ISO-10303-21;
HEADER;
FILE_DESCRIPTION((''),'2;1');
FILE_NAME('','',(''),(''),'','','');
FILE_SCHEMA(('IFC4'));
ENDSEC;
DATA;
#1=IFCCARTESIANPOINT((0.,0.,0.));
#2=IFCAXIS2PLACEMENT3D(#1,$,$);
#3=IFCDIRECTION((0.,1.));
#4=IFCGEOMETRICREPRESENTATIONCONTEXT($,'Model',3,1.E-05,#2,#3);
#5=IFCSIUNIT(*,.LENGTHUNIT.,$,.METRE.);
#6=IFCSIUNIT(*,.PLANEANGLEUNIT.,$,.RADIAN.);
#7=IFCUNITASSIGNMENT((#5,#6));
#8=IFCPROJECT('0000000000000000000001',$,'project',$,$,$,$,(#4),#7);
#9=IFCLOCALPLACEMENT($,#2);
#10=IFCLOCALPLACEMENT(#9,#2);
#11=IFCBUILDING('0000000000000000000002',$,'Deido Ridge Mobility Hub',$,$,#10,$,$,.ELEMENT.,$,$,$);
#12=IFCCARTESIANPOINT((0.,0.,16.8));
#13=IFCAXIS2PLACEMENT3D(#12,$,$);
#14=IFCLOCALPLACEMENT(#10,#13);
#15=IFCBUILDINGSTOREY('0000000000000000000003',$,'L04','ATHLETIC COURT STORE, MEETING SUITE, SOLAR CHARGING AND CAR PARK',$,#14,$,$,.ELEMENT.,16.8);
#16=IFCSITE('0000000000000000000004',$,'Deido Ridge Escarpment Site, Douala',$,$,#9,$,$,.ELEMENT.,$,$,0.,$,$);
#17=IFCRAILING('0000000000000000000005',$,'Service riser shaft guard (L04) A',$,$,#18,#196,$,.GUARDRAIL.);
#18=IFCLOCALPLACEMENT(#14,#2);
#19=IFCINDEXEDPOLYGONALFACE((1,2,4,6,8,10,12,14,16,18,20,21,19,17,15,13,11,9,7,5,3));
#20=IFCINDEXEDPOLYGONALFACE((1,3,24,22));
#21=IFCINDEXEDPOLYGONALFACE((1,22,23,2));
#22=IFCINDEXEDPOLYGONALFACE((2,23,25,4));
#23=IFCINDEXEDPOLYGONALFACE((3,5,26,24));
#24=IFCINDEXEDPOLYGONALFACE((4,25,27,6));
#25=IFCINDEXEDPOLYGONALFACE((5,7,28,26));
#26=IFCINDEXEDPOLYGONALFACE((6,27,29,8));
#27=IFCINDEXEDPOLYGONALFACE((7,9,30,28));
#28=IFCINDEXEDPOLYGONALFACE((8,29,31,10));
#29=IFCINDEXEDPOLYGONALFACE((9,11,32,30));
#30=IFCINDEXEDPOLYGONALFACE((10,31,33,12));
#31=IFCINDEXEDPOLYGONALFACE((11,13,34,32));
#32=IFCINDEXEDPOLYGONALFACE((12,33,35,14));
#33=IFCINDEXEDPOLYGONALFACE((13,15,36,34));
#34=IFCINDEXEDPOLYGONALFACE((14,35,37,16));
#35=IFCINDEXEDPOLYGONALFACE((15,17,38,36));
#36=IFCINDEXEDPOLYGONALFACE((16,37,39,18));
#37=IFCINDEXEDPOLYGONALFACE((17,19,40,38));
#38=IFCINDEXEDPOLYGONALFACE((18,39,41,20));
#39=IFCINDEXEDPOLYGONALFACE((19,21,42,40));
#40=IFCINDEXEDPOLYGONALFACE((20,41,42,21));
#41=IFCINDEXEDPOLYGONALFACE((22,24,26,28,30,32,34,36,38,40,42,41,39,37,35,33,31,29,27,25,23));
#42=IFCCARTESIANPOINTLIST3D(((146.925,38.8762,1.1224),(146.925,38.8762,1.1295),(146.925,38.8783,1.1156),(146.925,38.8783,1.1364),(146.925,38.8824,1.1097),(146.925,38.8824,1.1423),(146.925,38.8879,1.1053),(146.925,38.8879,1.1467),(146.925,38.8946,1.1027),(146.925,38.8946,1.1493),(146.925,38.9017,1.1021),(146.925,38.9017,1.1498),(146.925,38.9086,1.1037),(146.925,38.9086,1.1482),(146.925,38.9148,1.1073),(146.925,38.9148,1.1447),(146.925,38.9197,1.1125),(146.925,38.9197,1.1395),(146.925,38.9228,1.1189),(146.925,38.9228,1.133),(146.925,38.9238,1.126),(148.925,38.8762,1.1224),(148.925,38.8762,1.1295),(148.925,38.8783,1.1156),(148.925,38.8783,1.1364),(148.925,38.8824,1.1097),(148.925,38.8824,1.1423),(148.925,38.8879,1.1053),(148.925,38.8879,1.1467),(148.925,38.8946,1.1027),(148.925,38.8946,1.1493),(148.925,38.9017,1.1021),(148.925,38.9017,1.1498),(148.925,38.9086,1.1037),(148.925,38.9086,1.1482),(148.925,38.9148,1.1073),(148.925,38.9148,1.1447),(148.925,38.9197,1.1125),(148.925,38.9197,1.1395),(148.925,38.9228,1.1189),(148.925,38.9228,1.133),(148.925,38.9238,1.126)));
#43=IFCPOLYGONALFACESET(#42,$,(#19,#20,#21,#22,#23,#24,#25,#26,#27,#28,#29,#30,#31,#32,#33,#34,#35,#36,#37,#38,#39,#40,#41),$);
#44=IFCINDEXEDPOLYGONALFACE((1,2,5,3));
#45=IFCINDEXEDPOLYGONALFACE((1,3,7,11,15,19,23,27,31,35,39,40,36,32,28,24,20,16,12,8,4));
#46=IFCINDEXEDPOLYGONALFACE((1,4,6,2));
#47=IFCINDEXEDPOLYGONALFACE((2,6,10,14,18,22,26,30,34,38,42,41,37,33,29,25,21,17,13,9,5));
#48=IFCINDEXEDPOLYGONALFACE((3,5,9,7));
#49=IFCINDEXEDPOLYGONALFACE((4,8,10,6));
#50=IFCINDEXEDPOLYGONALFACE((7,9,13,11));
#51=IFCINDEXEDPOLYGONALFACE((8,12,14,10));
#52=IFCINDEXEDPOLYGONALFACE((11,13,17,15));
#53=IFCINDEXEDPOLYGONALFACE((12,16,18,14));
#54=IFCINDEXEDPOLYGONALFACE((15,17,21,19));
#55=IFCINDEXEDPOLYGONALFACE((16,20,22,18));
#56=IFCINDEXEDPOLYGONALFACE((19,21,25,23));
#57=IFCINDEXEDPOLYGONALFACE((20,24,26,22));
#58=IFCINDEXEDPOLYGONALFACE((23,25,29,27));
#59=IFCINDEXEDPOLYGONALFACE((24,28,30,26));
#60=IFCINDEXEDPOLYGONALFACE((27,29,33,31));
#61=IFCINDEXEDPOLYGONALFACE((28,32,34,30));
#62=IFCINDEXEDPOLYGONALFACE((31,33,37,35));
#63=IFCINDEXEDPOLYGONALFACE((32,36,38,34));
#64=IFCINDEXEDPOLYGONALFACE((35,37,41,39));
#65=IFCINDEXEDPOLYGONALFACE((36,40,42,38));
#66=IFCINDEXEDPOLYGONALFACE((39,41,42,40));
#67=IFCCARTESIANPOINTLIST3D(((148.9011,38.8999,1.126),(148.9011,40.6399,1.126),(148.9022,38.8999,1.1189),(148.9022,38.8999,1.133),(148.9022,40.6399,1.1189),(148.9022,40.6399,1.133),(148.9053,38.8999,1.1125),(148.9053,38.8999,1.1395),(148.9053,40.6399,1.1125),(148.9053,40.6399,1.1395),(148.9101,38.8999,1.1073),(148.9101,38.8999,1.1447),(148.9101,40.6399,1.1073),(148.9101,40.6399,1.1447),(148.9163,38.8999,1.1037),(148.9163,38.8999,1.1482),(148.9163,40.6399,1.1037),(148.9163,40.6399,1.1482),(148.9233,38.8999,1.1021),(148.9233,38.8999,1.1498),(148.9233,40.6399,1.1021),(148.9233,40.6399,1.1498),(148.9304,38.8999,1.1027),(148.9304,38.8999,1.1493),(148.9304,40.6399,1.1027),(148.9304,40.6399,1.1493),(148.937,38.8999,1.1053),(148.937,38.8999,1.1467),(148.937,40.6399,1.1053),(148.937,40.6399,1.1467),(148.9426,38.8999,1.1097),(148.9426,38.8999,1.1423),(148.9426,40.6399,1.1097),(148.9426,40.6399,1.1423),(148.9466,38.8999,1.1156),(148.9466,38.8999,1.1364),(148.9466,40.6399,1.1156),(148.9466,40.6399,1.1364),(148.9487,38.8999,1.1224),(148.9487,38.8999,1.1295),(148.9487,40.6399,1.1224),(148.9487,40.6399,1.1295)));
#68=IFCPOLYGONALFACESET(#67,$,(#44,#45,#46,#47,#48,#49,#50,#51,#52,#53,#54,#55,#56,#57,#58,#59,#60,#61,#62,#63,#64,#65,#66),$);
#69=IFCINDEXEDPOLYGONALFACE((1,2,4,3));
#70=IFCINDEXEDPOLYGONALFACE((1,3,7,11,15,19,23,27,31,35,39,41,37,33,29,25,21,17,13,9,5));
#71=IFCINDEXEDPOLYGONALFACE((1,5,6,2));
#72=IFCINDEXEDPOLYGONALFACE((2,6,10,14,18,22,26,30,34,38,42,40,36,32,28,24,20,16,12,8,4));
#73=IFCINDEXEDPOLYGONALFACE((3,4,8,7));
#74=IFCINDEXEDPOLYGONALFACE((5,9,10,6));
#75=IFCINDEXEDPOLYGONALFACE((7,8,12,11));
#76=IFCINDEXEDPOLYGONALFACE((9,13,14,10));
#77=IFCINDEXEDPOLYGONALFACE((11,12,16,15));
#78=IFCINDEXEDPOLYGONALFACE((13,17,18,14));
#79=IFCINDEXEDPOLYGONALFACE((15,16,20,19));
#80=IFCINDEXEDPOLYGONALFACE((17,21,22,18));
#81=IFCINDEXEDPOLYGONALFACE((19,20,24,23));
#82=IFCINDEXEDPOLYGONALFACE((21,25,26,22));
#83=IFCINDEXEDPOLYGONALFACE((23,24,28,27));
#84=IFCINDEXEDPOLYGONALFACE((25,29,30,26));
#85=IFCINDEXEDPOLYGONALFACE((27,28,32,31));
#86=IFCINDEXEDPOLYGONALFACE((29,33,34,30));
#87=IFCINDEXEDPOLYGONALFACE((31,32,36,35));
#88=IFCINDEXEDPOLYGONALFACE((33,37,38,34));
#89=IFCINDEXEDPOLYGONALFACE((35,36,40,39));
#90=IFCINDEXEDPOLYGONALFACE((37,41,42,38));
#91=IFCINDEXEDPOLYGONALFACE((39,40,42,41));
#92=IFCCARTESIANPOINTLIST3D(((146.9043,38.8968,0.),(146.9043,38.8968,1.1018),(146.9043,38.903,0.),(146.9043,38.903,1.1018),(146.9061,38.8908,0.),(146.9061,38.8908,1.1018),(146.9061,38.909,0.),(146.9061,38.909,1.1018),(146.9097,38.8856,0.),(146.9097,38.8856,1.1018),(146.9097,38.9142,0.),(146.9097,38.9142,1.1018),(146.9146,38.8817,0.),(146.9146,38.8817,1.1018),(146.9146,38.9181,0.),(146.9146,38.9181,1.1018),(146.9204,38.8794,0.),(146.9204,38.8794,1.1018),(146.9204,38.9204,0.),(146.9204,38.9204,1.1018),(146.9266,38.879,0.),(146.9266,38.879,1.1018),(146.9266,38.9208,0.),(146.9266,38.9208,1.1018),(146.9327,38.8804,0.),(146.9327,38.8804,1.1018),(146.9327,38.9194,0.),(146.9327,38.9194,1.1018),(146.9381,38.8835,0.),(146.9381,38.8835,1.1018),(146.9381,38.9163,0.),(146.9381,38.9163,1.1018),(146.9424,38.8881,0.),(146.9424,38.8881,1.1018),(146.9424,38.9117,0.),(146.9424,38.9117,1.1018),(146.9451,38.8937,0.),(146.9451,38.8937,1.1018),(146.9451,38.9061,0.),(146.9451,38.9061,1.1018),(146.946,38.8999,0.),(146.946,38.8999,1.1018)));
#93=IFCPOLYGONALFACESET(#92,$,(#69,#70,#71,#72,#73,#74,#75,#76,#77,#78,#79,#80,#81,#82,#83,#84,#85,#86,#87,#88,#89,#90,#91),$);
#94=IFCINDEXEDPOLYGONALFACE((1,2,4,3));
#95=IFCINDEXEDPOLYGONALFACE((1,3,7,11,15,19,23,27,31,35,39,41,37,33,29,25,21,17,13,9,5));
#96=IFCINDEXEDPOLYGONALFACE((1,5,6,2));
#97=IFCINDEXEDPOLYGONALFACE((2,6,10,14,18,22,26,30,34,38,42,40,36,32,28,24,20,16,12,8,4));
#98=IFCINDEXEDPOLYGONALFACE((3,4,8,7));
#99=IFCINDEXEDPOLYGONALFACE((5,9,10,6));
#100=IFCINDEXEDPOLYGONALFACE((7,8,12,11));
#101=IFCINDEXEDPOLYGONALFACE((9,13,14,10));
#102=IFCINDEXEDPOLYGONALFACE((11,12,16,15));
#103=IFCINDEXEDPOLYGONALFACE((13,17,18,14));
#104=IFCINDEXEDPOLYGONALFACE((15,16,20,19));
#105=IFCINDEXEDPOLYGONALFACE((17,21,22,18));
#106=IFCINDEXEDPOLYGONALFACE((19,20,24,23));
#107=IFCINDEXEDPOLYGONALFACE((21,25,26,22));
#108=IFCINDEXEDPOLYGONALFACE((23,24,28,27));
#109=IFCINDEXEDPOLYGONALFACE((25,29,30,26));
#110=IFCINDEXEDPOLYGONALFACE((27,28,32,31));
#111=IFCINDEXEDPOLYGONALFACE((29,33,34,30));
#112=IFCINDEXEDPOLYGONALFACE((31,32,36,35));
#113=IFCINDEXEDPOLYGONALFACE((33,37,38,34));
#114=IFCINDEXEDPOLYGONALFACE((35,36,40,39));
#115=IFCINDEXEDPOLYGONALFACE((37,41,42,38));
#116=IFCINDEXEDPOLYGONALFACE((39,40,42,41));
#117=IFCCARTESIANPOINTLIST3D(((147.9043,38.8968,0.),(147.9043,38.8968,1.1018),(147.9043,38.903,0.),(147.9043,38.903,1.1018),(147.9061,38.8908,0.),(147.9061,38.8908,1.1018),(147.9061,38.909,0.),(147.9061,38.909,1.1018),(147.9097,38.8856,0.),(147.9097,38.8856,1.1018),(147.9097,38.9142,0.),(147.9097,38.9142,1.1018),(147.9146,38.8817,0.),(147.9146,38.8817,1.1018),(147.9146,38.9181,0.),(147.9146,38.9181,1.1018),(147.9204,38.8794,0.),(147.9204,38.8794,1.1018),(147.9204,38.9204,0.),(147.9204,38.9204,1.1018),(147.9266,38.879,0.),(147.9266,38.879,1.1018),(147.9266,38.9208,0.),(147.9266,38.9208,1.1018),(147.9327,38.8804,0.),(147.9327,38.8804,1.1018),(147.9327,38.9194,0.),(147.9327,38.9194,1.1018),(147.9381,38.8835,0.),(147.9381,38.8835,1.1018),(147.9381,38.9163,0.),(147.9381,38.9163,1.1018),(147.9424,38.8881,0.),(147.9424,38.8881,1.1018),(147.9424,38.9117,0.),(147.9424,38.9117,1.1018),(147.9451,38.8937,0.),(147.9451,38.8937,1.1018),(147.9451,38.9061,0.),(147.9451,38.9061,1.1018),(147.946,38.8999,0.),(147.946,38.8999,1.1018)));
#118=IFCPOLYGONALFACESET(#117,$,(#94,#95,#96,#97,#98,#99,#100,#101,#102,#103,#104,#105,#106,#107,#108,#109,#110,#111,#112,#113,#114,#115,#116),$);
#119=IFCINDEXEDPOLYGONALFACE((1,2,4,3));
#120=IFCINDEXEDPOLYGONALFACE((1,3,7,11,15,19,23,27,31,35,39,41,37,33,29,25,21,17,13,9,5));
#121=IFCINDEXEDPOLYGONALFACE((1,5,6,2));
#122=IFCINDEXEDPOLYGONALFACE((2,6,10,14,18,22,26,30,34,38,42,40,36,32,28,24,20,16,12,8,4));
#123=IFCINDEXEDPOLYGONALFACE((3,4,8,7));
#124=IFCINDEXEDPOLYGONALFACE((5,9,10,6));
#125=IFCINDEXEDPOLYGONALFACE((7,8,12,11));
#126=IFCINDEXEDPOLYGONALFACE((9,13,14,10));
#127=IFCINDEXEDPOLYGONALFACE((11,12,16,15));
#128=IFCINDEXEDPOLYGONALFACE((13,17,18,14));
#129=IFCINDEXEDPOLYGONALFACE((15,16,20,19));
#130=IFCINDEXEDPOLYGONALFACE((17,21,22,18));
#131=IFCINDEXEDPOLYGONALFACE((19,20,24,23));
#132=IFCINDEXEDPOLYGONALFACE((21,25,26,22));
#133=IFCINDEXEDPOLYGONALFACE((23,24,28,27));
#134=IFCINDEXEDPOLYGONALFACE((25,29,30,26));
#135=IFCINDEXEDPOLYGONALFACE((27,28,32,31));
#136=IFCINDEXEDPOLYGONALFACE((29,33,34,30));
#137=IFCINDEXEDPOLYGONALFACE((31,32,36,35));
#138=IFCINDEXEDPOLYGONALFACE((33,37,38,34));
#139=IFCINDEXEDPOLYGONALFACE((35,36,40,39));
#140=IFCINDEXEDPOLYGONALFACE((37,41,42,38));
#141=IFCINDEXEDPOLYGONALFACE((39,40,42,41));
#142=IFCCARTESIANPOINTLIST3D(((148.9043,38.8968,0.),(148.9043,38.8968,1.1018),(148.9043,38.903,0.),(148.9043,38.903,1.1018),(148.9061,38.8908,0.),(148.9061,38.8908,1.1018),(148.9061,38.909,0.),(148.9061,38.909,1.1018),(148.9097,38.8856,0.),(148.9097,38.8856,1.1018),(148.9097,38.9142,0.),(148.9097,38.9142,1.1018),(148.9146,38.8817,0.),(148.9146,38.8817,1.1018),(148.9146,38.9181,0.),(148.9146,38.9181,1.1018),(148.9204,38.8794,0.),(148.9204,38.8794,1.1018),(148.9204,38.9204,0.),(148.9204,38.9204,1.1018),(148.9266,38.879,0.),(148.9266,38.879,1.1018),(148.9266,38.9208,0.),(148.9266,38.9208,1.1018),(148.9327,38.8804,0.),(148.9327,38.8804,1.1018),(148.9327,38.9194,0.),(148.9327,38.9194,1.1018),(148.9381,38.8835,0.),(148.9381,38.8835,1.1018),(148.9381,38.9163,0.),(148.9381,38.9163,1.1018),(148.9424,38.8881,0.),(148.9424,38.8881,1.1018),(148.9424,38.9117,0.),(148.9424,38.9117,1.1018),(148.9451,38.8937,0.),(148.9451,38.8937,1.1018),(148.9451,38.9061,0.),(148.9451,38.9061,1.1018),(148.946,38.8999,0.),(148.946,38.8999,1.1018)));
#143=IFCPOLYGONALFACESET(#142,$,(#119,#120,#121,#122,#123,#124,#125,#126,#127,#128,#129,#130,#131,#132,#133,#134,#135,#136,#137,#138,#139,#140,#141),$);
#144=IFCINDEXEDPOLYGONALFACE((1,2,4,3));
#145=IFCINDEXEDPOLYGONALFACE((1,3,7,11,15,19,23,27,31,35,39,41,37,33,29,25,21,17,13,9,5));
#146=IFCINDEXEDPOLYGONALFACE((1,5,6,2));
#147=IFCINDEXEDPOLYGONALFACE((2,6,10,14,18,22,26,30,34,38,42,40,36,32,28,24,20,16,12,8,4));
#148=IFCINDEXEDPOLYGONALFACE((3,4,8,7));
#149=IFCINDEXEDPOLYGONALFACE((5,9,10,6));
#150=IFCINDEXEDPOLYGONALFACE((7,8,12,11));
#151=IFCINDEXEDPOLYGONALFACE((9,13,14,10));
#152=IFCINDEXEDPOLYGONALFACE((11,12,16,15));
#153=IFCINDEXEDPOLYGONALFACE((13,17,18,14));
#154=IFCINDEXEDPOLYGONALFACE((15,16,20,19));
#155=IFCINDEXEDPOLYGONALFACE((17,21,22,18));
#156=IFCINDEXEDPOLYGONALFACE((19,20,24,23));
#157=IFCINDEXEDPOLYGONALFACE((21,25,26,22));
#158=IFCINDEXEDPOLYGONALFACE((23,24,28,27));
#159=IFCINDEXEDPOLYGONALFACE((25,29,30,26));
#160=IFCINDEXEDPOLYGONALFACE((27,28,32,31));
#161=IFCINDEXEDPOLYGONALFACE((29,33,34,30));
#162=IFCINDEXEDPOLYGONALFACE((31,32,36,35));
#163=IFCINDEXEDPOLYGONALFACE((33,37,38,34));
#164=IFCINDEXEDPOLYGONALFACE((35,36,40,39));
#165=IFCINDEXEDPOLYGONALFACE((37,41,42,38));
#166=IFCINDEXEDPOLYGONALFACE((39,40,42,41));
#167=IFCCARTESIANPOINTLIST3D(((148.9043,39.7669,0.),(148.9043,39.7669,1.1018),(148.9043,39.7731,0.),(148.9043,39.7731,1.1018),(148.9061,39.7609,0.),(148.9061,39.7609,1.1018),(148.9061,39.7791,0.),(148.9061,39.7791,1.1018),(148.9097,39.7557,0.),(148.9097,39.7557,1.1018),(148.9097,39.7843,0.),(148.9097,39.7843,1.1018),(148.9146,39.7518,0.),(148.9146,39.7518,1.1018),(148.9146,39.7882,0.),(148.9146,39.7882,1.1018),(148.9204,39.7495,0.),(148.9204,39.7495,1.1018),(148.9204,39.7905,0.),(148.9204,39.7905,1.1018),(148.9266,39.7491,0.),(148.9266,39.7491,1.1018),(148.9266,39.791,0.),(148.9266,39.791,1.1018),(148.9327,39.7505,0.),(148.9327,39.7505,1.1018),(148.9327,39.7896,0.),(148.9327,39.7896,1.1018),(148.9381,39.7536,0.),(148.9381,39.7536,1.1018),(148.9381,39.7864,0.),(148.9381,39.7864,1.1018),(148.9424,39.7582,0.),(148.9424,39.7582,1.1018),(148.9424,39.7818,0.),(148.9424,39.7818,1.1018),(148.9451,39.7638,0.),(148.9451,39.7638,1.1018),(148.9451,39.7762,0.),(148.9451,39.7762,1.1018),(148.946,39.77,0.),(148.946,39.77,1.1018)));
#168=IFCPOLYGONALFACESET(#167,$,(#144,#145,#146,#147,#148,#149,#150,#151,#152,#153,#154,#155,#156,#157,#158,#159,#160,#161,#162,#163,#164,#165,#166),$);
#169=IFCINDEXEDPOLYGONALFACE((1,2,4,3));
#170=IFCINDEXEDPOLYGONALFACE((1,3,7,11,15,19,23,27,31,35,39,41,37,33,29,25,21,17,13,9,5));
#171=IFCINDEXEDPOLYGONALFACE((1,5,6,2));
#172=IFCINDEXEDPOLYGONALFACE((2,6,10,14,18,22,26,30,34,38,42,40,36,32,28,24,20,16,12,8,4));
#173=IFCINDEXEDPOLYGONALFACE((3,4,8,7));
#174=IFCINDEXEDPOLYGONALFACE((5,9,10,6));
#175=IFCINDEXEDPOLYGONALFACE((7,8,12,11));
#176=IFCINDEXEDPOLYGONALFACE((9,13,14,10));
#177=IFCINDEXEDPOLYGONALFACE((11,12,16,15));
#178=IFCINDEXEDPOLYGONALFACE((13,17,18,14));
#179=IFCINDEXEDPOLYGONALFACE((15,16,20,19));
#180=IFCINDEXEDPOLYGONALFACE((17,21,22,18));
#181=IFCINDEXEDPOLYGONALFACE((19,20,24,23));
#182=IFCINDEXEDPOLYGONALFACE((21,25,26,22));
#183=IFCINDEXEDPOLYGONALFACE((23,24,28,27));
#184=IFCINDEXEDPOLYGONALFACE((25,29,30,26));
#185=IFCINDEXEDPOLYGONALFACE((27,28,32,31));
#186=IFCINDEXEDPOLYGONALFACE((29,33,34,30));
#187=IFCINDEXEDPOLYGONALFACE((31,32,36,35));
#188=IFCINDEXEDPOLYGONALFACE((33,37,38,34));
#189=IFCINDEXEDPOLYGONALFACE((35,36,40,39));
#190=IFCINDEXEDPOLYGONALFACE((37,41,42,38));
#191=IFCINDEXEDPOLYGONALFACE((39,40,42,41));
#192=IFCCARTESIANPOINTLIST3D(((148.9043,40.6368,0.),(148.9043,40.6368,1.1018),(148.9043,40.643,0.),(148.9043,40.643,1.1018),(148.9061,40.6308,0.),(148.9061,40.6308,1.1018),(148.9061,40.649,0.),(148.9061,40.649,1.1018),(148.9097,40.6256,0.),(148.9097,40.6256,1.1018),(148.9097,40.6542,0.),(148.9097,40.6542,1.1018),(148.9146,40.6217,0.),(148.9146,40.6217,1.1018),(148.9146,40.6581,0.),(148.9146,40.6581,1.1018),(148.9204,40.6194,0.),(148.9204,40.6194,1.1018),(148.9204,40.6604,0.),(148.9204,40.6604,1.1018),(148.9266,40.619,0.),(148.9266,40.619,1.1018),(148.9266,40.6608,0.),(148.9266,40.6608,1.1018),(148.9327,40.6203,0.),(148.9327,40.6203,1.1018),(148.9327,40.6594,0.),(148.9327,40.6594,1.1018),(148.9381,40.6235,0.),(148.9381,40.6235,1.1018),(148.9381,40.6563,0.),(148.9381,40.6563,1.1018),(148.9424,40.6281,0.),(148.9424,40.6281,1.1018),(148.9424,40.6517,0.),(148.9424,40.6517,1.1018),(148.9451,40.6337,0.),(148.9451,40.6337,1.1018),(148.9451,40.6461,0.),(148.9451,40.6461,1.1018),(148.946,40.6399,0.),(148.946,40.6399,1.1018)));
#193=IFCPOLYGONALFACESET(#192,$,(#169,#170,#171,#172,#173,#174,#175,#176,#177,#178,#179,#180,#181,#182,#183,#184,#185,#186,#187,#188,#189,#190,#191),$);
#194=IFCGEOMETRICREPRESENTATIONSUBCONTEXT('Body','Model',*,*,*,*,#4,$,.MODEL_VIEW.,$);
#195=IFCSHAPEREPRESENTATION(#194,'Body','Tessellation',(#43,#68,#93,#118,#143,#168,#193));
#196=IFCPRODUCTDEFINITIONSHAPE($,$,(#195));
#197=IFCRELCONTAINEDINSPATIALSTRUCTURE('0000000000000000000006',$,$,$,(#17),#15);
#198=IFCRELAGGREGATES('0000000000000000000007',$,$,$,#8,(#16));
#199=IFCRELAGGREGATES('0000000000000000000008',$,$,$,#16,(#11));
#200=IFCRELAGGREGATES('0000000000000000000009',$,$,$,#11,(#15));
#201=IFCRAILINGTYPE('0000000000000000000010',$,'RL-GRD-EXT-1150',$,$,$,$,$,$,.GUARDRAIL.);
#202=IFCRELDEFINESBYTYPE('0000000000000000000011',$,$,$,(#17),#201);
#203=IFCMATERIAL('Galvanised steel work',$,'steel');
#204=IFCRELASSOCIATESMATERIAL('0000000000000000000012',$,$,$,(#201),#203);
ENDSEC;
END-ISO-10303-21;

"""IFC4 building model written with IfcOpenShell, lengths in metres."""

from ifc_helpers import new_model, si_unit, direction, frame, origin, origin_2d, place, context, subcontext, project, spatial, circle, extrude, material, type_object, element, save


model = new_model("IFC4")

# Units and contexts
model_context = context("Model", 3, precision=1e-05, world=origin(), true_north=direction((0.0, 1.0)))
body_context = subcontext(model_context, "Body", "Model", "MODEL_VIEW")
ifc_project = project(units=[si_unit("LENGTHUNIT", "METRE"), si_unit("PLANEANGLEUNIT", "RADIAN")], contexts=[model_context])

# Site, building, storey
site_placement = place(None, origin())
site = spatial("IfcSite", under=ifc_project, at=site_placement, Name="Deido Ridge Escarpment Site, Douala", CompositionType="ELEMENT", RefElevation=0.0)
building_placement = place(site_placement, origin())
building = spatial("IfcBuilding", under=site, at=building_placement, Name="Deido Ridge Mobility Hub", CompositionType="ELEMENT")
storey_placement = place(building_placement, frame((0.0, 0.0, 16.8)))
storey = spatial("IfcBuildingStorey", under=building, at=storey_placement, Name="L04", Description="ATHLETIC COURT STORE, MEETING SUITE, SOLAR CHARGING AND CAR PARK", CompositionType="ELEMENT", Elevation=16.8)

# Railing
ifc_material_1 = material(Name="Galvanised steel work", Category="steel")
railing_type = type_object("IfcRailingType", Name="RL-GRD-EXT-1150", PredefinedType="GUARDRAIL", material=ifc_material_1)
railing_1_placement = place(storey_placement, frame((146.925, 38.8999, 0.0)))
element("IfcRailing", 1, at=railing_1_placement, inside=storey, type_object=railing_type, Name="Service riser shaft guard (L04) A", PredefinedType="GUARDRAIL", context=body_context, shape_type="SweptSolid", body=[
    extrude(circle(Radius=0.0239, at=origin_2d()), frame((0.0, 0.0, 1.126), z_axis=(1.0, 0.0, 0.0), x_axis=(0.0, 1.0, 0.0)), (0.0, 0.0, 1.0), 2.0),
    extrude(circle(Radius=0.0239, at=origin_2d()), frame((2.0, 0.0, 1.126), z_axis=(0.0, 1.0, 0.0), x_axis=(-1.0, 0.0, 0.0)), (0.0, 0.0, 1.0), 1.74),
    extrude(circle(Radius=0.021, at=origin_2d()), origin(), (0.0, 0.0, 1.0), 1.1018),
    extrude(circle(Radius=0.021, at=origin_2d()), frame((1.0, 0.0, 0.0)), (0.0, 0.0, 1.0), 1.1018),
    extrude(circle(Radius=0.021, at=origin_2d()), frame((2.0, 0.0, 0.0)), (0.0, 0.0, 1.0), 1.1018),
    extrude(circle(Radius=0.021, at=origin_2d()), frame((2.0, 0.8701, 0.0)), (0.0, 0.0, 1.0), 1.1018),
    extrude(circle(Radius=0.021, at=origin_2d()), frame((2.0, 1.74, 0.0)), (0.0, 0.0, 1.0), 1.1018),
])

save(model, "model.ifc")
